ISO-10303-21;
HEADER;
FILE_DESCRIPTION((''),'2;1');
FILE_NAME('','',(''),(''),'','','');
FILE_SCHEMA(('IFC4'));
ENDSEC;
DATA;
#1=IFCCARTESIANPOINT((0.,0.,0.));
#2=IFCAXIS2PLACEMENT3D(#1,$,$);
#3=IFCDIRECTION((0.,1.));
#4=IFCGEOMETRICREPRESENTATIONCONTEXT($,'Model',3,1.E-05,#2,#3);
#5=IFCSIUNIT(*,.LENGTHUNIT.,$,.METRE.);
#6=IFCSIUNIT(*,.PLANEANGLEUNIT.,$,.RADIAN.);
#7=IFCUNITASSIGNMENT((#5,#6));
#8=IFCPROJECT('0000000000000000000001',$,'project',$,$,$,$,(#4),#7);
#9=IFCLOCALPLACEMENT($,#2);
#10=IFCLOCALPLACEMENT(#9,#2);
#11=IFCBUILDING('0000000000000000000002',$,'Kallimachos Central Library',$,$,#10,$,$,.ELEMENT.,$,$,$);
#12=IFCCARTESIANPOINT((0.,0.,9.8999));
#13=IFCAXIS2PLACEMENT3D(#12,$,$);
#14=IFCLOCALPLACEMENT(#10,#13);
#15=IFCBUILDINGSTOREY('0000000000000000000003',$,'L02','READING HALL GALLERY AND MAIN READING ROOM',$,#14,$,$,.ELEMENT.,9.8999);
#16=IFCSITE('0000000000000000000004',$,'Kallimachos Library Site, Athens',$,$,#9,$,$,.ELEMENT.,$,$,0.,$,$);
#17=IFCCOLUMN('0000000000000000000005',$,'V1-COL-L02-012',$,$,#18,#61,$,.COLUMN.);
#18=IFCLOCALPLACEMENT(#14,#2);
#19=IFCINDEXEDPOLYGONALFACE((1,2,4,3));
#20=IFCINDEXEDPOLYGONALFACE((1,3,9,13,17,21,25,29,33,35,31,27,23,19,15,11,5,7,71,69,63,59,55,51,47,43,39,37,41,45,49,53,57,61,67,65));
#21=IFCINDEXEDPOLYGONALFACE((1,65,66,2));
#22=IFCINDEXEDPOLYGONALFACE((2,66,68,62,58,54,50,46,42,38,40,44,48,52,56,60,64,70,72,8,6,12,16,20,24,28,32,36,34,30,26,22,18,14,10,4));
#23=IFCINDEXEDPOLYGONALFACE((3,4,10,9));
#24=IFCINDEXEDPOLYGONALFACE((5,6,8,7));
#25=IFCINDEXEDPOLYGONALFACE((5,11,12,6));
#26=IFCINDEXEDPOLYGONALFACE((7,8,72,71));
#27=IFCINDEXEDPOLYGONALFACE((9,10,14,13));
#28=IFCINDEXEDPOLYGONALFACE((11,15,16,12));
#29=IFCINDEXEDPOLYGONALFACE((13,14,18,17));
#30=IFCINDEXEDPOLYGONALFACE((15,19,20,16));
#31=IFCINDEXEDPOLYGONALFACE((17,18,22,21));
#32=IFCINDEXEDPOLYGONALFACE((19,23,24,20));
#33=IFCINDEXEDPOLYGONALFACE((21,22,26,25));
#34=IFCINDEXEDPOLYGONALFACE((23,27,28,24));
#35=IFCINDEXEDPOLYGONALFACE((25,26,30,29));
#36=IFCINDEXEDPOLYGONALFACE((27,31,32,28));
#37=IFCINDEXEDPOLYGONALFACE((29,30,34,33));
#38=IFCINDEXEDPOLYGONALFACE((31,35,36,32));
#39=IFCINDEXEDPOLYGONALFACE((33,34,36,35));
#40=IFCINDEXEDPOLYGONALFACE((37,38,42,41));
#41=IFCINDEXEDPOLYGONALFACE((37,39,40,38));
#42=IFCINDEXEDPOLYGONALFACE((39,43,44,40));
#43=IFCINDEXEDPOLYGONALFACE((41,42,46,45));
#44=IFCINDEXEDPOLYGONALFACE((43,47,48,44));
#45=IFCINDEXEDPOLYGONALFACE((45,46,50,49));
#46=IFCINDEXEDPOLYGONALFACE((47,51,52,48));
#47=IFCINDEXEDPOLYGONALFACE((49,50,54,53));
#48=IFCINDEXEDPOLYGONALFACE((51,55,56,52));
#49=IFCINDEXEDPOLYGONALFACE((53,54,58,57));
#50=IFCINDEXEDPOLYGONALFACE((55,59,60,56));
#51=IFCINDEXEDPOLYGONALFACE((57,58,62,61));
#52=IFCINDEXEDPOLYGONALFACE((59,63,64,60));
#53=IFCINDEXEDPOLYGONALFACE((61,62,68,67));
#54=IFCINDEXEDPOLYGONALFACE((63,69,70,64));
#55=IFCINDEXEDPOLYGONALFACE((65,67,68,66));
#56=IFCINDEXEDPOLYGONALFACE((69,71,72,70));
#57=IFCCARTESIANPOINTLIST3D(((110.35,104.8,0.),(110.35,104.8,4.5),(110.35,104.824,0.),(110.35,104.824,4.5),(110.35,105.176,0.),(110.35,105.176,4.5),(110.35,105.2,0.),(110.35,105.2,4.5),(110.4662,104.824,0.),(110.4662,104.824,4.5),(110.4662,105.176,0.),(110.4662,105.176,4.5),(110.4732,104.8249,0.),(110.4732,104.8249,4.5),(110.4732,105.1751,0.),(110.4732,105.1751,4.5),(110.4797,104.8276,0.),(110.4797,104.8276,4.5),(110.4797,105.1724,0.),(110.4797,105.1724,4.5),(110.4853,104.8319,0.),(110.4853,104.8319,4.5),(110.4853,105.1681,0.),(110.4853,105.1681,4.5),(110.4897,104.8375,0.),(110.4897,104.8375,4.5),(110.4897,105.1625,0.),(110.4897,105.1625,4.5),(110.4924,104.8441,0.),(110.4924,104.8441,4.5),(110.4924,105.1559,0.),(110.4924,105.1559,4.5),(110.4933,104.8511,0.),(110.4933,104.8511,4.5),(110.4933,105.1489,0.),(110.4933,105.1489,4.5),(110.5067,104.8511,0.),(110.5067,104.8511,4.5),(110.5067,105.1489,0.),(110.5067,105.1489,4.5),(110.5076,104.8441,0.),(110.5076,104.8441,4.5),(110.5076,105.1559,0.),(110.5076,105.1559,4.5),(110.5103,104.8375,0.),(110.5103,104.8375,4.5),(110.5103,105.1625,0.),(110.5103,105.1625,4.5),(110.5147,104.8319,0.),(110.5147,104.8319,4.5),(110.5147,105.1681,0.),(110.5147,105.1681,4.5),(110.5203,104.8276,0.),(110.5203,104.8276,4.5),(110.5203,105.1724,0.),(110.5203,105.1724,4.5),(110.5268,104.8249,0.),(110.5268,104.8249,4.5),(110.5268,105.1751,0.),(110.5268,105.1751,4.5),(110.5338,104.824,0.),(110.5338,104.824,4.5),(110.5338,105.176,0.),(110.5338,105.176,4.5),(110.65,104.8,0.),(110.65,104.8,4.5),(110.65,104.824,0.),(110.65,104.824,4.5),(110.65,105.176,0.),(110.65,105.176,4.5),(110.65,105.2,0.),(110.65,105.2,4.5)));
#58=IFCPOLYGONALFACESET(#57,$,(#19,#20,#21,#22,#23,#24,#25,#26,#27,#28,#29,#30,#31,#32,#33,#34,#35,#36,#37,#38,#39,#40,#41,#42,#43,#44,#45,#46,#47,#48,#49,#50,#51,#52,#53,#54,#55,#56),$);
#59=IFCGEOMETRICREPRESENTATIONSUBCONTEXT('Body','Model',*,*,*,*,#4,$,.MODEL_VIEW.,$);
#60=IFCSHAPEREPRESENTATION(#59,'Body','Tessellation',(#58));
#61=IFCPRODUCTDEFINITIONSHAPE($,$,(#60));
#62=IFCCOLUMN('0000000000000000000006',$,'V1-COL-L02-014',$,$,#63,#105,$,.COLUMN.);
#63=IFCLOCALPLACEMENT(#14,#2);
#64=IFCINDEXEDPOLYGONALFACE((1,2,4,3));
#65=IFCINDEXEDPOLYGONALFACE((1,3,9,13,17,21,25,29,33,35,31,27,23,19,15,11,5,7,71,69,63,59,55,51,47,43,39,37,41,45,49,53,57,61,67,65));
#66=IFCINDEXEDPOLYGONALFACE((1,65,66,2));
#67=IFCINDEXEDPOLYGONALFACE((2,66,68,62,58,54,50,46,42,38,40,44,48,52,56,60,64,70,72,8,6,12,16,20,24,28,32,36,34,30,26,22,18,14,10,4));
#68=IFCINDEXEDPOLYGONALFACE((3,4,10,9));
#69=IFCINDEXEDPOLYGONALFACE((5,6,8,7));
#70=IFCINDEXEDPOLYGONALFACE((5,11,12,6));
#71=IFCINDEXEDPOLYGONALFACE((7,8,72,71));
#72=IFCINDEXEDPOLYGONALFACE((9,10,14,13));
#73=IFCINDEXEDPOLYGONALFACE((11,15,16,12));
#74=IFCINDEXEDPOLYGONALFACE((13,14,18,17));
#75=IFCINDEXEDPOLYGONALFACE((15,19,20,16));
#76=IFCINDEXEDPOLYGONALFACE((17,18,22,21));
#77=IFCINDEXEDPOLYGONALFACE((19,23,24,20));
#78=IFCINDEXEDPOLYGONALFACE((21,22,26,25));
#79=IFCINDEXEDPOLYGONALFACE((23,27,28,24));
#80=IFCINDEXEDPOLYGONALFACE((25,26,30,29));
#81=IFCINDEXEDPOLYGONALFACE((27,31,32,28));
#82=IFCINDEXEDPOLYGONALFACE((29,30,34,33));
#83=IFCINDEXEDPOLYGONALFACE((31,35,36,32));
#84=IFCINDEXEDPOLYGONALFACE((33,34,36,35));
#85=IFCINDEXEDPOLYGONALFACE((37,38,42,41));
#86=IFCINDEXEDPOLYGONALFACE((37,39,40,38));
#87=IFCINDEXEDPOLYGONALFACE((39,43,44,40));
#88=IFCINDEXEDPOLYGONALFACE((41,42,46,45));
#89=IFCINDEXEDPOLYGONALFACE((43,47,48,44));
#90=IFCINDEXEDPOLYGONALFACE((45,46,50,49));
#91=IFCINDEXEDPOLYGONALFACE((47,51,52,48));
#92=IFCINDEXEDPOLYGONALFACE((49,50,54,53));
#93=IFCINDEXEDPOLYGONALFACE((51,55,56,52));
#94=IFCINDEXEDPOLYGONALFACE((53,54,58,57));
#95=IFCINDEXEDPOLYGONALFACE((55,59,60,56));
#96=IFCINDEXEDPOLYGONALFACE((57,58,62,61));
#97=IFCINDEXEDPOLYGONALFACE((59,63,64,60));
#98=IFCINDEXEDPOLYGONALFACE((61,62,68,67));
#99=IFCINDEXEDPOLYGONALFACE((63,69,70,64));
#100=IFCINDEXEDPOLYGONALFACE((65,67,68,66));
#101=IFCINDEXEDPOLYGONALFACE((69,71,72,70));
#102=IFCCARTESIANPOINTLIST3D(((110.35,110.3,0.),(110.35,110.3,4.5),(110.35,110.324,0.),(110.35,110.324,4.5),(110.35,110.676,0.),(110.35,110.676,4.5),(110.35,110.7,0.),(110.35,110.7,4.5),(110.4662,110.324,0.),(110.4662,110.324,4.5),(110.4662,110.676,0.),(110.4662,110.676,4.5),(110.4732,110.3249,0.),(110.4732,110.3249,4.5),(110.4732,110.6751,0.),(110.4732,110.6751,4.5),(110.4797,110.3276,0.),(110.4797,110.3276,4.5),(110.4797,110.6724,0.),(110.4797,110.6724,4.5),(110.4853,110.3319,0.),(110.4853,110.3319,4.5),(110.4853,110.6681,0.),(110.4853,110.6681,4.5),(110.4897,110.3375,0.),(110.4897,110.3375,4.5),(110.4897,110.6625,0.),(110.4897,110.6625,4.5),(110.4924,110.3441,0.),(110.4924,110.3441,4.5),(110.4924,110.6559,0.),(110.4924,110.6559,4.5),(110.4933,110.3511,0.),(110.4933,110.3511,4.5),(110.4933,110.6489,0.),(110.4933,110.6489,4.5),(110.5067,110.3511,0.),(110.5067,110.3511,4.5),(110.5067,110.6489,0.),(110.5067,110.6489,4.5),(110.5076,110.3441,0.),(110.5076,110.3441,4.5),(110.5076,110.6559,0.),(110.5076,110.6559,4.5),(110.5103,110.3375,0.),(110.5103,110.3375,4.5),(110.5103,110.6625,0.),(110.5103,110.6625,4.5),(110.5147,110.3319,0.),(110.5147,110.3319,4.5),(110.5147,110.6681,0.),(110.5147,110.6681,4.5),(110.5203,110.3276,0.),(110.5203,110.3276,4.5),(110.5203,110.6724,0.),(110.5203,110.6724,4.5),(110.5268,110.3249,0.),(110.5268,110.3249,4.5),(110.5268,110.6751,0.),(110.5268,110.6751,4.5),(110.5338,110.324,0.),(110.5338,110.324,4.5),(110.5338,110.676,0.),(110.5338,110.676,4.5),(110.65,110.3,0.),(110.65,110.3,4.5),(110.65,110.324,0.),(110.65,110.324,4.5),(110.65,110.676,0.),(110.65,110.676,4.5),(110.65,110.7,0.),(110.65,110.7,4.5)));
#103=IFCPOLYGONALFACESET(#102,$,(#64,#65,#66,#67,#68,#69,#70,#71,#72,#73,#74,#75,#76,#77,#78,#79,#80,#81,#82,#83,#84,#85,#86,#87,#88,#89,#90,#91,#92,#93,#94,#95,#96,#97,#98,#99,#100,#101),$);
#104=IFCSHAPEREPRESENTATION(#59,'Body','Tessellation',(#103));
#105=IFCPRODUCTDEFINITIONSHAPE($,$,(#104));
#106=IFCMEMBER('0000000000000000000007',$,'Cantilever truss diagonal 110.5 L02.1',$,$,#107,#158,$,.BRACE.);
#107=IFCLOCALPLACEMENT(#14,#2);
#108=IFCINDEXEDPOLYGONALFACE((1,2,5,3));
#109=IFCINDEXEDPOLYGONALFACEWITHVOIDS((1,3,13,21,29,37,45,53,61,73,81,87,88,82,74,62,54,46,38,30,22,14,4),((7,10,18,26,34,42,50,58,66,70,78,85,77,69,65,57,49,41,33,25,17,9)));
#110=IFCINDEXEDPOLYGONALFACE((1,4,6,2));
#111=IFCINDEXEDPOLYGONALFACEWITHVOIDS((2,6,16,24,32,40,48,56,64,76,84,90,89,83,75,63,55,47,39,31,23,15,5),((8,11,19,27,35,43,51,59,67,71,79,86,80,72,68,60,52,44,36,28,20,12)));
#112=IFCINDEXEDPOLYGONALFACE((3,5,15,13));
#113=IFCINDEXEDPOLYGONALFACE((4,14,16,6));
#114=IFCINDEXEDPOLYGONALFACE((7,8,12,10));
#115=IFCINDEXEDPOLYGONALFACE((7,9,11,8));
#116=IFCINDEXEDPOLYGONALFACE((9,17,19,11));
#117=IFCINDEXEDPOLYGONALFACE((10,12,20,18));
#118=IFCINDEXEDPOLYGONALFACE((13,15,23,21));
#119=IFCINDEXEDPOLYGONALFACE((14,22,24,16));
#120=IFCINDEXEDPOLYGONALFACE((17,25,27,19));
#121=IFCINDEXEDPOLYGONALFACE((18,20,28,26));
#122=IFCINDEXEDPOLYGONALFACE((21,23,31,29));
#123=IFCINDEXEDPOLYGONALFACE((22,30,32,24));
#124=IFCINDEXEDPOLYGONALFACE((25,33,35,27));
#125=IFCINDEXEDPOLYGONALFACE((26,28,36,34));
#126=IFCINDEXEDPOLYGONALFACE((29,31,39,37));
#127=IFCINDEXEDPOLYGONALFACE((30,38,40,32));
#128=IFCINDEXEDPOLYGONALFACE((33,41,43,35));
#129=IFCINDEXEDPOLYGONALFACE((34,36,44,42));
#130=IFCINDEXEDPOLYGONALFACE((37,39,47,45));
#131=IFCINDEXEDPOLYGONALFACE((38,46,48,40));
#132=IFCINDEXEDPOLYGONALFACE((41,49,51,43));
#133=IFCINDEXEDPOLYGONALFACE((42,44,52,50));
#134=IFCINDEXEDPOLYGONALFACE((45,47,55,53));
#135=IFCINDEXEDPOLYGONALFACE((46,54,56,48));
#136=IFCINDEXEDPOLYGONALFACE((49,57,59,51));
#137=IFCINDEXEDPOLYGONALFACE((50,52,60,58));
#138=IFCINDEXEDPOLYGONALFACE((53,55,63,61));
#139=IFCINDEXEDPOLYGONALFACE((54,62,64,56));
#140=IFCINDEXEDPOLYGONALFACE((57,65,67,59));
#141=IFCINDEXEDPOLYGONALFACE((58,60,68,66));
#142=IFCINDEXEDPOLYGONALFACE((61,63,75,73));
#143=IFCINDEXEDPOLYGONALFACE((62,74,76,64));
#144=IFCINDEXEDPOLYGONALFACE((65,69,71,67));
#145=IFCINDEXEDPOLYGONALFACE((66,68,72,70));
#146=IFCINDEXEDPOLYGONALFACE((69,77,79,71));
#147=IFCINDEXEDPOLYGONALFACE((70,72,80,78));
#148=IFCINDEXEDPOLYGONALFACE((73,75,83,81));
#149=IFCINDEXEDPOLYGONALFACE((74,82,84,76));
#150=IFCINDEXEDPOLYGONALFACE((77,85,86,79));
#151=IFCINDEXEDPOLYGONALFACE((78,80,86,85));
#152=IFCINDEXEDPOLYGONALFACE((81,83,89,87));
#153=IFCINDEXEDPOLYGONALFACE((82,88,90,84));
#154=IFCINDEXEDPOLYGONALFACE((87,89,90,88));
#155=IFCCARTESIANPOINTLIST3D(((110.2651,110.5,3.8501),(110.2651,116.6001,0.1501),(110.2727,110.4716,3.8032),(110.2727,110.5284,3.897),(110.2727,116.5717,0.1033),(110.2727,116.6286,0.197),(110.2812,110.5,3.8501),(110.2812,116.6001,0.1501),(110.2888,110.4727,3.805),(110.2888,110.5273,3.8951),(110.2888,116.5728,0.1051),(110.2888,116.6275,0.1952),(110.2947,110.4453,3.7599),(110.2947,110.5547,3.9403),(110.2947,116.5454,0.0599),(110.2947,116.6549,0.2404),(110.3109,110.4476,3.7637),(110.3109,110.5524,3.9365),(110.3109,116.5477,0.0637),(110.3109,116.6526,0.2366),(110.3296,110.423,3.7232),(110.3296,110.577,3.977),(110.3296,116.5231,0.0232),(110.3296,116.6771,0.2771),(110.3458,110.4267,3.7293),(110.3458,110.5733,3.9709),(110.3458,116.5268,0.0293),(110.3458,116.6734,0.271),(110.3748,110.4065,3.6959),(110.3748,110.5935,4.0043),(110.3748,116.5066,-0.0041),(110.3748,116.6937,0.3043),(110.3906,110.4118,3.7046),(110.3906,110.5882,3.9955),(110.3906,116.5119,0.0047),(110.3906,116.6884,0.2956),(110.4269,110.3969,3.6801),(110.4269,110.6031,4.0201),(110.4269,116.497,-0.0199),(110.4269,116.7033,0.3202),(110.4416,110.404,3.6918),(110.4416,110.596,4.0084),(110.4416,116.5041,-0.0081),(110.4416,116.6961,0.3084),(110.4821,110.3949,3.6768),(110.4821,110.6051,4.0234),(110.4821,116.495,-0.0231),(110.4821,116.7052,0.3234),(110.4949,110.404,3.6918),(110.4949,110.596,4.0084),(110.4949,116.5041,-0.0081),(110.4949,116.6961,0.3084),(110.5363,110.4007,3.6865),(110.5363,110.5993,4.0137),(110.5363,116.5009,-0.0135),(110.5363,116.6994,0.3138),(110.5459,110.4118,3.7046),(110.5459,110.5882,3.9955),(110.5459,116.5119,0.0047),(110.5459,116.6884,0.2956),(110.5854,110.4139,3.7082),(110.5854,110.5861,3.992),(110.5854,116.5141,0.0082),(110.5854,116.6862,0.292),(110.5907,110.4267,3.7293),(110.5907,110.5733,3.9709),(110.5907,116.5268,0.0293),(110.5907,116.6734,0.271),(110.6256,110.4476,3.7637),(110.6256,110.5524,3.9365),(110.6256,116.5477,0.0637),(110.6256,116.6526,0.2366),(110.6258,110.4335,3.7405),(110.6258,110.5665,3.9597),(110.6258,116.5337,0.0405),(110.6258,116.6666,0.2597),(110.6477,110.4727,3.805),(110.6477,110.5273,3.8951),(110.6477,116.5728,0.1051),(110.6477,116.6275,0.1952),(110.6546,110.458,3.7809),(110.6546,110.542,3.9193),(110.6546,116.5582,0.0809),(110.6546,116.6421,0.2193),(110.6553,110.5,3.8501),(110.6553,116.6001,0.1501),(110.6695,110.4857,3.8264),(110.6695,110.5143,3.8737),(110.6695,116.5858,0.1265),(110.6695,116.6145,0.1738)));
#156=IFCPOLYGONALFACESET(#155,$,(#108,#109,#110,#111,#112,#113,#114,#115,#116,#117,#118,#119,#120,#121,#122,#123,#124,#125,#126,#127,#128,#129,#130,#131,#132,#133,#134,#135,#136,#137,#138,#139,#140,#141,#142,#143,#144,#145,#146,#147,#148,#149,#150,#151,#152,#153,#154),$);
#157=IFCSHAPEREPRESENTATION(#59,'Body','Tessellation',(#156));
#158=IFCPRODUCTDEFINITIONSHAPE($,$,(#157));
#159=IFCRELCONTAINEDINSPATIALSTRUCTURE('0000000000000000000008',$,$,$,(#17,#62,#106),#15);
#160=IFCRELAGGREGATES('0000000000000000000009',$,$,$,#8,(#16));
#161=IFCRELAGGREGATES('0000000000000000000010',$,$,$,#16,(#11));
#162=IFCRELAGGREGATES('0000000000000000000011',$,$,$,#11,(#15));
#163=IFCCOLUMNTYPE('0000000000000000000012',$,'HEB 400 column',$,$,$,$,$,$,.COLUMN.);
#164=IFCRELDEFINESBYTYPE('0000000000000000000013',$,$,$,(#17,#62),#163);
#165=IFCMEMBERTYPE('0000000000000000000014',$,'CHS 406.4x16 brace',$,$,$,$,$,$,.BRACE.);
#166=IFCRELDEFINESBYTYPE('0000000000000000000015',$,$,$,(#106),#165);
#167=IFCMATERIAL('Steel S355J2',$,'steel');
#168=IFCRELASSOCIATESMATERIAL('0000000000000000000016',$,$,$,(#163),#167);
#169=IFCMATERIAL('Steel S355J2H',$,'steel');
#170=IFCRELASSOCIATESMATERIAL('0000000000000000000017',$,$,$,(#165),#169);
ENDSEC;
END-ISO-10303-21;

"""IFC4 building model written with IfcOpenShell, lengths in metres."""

from ifc_helpers import new_model, si_unit, direction, frame, origin, origin_2d, place, context, subcontext, project, spatial, hollow_circle, i_section, extrude, material, material_profile, profile_set, type_object, element, save


model = new_model("IFC4")

# Units and contexts
model_context = context("Model", 3, precision=1e-05, world=origin(), true_north=direction((0.0, 1.0)))
body_context = subcontext(model_context, "Body", "Model", "MODEL_VIEW")
ifc_project = project(units=[si_unit("LENGTHUNIT", "METRE"), si_unit("PLANEANGLEUNIT", "RADIAN")], contexts=[model_context])

# Site, building, storey
site_placement = place(None, origin())
site = spatial("IfcSite", under=ifc_project, at=site_placement, Name="Kallimachos Library Site, Athens", CompositionType="ELEMENT", RefElevation=0.0)
building_placement = place(site_placement, origin())
building = spatial("IfcBuilding", under=site, at=building_placement, Name="Kallimachos Central Library", CompositionType="ELEMENT")
storey_placement = place(building_placement, frame((0.0, 0.0, 9.8999)))
storey = spatial("IfcBuildingStorey", under=building, at=storey_placement, Name="L02", Description="READING HALL GALLERY AND MAIN READING ROOM", CompositionType="ELEMENT", Elevation=9.8999)

# Columns
ifc_material_1 = material(Name="Steel S355J2", Category="steel")
ifc_material_profile_1 = material_profile(ifc_material_1, i_section(OverallWidth=0.3, OverallDepth=0.3999, WebThickness=0.0134, FlangeThickness=0.0239, FilletRadius=0.0271, at=origin_2d()), Name="HEB 400")
ifc_profile_set_1 = profile_set([ifc_material_profile_1], Name="Steel S355J2")
column_type = type_object("IfcColumnType", Name="HEB 400 column", PredefinedType="COLUMN", material=ifc_profile_set_1)
for number, where, z_axis, x_axis, name in (
    (1, (110.5, 105.0, 0.0), (0.0, 0.0, 1.0), (1.0, 0.0, 0.0), "V1-COL-L02-012"),
    (2, (110.5, 110.5, 0.0), (0.0, 0.0, 1.0), (1.0, 0.0, 0.0), "V1-COL-L02-014"),
):
    element("IfcColumn", number, at=place(storey_placement, frame(where, z_axis=z_axis, x_axis=x_axis)), inside=storey, type_object=column_type, Name=name, PredefinedType="COLUMN", context=body_context, shape_type="SweptSolid", body=[
        extrude(i_section(OverallWidth=0.3, OverallDepth=0.3999, WebThickness=0.0134, FlangeThickness=0.0239, FilletRadius=0.0271, at=origin_2d()), origin(), (0.0, 0.0, 1.0), 4.5),
    ])

# Member
ifc_material_2 = material(Name="Steel S355J2H", Category="steel")
ifc_material_profile_2 = material_profile(ifc_material_2, hollow_circle(Radius=0.2031, WallThickness=0.0161, at=origin_2d()), Name="CHS 406.4x16")
ifc_profile_set_2 = profile_set([ifc_material_profile_2], Name="Steel S355J2H")
member_type_1 = type_object("IfcMemberType", Name="CHS 406.4x16 brace", PredefinedType="BRACE", material=ifc_profile_set_2)
member_1_placement = place(storey_placement, frame((110.4683, 110.5, 3.8501), z_axis=(0.0, 0.855016, -0.518601), x_axis=(-1.0, 0.0, 0.0)))
element("IfcMember", 3, at=member_1_placement, inside=storey, type_object=member_type_1, Name="Cantilever truss diagonal 110.5 L02.1", PredefinedType="BRACE", context=body_context, shape_type="SweptSolid", body=[
    extrude(hollow_circle(Radius=0.2031, WallThickness=0.0161, at=origin_2d()), origin(), (0.0, 0.0, 1.0), 7.1345),
])

save(model, "model.ifc")
